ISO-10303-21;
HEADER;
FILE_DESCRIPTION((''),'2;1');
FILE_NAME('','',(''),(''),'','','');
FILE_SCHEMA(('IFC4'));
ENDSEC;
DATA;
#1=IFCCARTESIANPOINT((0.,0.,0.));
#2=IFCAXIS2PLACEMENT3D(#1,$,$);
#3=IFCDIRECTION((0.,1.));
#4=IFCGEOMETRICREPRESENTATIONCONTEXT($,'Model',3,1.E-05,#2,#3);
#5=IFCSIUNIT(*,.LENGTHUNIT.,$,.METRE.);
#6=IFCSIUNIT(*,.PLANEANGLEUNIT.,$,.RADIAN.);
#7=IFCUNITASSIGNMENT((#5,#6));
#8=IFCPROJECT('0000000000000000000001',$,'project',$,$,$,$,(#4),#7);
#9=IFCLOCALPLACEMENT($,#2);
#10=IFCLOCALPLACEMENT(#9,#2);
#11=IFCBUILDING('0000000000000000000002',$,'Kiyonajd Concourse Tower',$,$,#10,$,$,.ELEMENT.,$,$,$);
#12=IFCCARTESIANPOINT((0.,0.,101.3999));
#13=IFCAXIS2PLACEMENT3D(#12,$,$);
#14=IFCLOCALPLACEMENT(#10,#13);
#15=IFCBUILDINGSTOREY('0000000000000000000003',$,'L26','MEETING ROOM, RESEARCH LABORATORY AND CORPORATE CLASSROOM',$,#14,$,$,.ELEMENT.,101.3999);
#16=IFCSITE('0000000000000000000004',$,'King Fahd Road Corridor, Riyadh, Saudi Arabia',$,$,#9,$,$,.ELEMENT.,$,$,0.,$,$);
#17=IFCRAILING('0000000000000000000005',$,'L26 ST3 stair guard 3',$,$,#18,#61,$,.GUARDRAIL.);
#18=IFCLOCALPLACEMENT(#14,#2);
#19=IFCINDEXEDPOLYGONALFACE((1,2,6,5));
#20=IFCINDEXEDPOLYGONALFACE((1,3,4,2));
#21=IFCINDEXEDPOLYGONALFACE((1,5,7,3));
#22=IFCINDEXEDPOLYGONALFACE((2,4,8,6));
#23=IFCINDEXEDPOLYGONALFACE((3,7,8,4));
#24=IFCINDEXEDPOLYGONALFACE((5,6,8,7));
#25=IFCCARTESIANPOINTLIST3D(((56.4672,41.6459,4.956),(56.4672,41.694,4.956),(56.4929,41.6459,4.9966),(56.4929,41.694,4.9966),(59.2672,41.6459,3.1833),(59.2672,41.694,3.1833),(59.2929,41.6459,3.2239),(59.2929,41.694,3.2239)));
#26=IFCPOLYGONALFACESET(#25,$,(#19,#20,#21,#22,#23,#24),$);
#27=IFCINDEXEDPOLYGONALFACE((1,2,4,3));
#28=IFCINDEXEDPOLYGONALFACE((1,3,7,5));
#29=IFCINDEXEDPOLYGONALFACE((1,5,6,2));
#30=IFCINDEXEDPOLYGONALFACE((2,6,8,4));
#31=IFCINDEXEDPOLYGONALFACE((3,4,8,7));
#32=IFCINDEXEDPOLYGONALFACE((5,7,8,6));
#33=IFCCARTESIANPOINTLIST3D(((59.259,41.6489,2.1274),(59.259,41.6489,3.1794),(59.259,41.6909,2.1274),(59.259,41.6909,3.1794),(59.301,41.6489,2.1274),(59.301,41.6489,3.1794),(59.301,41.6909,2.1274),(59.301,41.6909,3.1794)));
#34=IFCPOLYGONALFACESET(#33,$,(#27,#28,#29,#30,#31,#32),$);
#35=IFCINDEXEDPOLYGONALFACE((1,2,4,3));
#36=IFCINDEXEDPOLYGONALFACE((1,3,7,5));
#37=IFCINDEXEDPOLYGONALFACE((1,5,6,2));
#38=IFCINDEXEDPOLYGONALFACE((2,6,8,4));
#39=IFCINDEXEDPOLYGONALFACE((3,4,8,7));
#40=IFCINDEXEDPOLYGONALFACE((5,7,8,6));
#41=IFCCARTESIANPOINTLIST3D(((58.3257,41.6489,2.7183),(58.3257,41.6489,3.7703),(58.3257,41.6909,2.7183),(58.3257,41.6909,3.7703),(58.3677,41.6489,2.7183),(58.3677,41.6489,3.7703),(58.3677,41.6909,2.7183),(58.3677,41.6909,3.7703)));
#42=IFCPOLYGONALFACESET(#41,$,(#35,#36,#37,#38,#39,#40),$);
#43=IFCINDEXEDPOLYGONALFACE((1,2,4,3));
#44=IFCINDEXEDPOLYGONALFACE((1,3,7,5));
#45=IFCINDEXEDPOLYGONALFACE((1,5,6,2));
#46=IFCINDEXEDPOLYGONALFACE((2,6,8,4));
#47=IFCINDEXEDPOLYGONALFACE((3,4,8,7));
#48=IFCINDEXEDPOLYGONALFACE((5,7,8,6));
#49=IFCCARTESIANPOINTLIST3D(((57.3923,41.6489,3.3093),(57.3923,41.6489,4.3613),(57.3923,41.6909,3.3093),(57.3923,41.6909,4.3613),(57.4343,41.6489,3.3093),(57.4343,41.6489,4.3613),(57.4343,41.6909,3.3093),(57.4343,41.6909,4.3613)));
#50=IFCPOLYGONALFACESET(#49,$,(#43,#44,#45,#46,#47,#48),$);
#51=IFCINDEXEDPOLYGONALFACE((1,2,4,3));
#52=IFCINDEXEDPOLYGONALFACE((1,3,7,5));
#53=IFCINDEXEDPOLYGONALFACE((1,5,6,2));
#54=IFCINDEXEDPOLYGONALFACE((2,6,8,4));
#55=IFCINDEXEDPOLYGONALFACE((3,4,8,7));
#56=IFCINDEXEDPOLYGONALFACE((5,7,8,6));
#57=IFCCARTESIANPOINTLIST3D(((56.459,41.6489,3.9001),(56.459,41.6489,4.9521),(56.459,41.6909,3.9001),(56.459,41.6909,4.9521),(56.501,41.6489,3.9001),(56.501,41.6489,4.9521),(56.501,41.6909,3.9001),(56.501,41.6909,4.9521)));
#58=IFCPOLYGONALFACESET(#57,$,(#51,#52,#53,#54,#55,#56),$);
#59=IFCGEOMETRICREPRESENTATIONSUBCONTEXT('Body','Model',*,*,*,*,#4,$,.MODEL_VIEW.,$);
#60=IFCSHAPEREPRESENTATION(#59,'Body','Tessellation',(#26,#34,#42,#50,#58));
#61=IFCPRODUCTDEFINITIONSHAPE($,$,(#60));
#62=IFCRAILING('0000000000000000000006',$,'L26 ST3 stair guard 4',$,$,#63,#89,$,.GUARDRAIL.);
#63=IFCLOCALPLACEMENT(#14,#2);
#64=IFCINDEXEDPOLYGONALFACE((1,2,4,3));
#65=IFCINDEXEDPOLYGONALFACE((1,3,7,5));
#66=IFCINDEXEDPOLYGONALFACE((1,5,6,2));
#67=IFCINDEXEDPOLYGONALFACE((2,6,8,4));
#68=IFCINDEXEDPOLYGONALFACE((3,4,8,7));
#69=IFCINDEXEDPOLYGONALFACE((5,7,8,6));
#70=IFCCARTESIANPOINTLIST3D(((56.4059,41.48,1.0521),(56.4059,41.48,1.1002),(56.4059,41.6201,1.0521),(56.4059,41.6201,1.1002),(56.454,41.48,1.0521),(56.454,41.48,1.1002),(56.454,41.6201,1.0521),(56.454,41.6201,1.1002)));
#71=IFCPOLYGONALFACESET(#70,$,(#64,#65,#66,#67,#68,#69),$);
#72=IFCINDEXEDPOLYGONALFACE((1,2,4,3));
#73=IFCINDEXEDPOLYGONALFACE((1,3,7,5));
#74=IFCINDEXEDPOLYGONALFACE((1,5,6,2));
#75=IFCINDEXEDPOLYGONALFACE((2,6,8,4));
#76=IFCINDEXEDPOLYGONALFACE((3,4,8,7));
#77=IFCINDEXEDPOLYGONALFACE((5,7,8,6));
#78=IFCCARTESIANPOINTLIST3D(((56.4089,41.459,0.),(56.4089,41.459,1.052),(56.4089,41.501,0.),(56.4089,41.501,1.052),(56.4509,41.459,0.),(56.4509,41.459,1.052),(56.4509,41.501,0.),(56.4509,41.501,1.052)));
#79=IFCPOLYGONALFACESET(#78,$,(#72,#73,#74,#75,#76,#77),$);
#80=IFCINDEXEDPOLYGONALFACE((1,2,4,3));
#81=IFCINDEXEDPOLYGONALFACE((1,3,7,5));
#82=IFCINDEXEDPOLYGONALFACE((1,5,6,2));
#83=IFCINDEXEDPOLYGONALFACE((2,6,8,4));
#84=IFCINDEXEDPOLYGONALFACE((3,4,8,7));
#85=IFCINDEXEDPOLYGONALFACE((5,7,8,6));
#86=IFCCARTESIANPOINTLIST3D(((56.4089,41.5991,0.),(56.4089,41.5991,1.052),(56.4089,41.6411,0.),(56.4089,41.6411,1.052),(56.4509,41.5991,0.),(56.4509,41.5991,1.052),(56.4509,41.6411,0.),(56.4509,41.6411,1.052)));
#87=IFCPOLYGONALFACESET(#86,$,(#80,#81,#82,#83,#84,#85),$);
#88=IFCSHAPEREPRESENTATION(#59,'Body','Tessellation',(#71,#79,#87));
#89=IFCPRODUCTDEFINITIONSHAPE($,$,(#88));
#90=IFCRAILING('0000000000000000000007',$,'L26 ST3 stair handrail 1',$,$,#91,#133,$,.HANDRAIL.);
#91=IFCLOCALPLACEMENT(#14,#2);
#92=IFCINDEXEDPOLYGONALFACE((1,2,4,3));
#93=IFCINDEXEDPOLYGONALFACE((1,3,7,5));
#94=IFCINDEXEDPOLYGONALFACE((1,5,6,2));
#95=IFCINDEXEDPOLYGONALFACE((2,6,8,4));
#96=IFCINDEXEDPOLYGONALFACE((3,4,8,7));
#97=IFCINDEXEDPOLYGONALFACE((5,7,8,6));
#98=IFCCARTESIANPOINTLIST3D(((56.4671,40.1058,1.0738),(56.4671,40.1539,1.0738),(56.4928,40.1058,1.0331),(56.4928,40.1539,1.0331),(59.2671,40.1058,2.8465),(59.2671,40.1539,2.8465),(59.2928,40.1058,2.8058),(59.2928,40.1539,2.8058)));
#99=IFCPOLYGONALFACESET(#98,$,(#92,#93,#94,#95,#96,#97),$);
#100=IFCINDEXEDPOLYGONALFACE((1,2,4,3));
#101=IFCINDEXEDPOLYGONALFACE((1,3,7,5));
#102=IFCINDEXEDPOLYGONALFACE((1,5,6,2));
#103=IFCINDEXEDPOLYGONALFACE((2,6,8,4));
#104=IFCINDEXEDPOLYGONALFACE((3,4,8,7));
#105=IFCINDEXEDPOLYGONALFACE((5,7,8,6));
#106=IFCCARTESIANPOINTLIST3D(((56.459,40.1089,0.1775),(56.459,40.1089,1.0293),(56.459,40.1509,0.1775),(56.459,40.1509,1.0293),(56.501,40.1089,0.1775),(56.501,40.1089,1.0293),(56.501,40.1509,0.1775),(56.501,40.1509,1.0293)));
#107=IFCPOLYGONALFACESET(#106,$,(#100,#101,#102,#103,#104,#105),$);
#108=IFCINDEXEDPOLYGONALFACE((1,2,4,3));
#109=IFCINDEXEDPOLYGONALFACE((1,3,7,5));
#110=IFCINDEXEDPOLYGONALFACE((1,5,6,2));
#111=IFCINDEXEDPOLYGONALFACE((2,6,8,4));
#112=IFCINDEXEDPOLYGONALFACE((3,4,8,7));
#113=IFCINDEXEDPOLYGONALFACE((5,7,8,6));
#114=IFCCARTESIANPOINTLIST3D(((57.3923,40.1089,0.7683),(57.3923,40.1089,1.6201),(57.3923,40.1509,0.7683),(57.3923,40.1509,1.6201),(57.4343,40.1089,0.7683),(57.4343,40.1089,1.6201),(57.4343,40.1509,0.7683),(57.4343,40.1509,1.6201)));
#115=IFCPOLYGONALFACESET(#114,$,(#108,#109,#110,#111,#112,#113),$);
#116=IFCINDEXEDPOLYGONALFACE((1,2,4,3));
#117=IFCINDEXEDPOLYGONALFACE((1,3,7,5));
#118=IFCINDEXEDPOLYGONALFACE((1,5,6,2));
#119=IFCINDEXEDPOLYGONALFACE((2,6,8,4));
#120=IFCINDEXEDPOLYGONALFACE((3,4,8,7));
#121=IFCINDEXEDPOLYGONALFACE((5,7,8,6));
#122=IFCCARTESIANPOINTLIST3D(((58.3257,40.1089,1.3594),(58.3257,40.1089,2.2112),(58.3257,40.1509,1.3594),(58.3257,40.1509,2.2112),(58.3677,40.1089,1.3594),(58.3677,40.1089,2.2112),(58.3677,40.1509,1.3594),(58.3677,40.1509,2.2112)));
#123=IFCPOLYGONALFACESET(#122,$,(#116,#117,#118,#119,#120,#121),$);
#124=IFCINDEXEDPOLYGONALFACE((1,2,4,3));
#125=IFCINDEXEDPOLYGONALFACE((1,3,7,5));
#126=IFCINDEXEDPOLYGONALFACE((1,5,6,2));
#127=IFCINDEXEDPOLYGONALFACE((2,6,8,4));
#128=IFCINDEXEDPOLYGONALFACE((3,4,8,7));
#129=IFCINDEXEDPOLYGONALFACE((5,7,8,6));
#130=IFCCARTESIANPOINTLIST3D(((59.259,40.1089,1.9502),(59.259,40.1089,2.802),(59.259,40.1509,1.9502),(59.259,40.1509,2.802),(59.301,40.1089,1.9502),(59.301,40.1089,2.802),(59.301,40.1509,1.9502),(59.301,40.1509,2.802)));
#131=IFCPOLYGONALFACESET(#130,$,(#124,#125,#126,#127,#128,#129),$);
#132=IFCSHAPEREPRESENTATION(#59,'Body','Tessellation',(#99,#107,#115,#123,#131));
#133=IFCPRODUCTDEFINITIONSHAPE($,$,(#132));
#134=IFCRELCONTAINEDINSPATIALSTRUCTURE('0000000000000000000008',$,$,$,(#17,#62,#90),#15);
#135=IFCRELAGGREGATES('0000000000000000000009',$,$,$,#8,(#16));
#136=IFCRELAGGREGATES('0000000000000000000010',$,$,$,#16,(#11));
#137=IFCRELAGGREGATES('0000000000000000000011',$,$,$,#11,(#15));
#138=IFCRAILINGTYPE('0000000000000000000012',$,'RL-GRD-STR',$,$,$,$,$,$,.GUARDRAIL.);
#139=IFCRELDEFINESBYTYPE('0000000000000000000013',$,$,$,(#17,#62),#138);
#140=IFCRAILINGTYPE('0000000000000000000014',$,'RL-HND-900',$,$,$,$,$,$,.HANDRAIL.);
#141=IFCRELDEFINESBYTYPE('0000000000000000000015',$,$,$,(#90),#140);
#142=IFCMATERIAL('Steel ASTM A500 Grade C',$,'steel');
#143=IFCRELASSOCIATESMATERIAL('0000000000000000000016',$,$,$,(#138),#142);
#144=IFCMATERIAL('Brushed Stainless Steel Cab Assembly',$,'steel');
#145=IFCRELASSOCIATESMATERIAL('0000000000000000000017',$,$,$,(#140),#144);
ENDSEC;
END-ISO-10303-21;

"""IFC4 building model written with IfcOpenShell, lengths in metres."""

from ifc_helpers import new_model, si_unit, direction, frame, origin, origin_2d, place, context, subcontext, project, spatial, rectangle, extrude, material, type_object, element, save


model = new_model("IFC4")

# Units and contexts
model_context = context("Model", 3, precision=1e-05, world=origin(), true_north=direction((0.0, 1.0)))
body_context = subcontext(model_context, "Body", "Model", "MODEL_VIEW")
ifc_project = project(units=[si_unit("LENGTHUNIT", "METRE"), si_unit("PLANEANGLEUNIT", "RADIAN")], contexts=[model_context])

# Site, building, storey
site_placement = place(None, origin())
site = spatial("IfcSite", under=ifc_project, at=site_placement, Name="King Fahd Road Corridor, Riyadh, Saudi Arabia", CompositionType="ELEMENT", RefElevation=0.0)
building_placement = place(site_placement, origin())
building = spatial("IfcBuilding", under=site, at=building_placement, Name="Kiyonajd Concourse Tower", CompositionType="ELEMENT")
storey_placement = place(building_placement, frame((0.0, 0.0, 101.3999)))
storey = spatial("IfcBuildingStorey", under=building, at=storey_placement, Name="L26", Description="MEETING ROOM, RESEARCH LABORATORY AND CORPORATE CLASSROOM", CompositionType="ELEMENT", Elevation=101.3999)

# Shared definitions
ifc_material_1 = material(Name="Brushed Stainless Steel Cab Assembly", Category="steel")

# Railings
ifc_material_2 = material(Name="Steel ASTM A500 Grade C", Category="steel")
railing_type_1 = type_object("IfcRailingType", Name="RL-GRD-STR", PredefinedType="GUARDRAIL", material=ifc_material_2)
railing_1_placement = place(storey_placement, frame((59.28, 41.6699, 2.1274)))
element("IfcRailing", 1, at=railing_1_placement, inside=storey, type_object=railing_type_1, Name="L26 ST3 stair guard 3", PredefinedType="GUARDRAIL", context=body_context, shape_type="SweptSolid", body=[
    extrude(rectangle(XDim=0.0481, YDim=0.0481, at=origin_2d()), frame((0.0, 0.0, 1.0762), z_axis=(-0.844909, 0.0, 0.53491), x_axis=(0.0, -1.0, 0.0)), (0.0, 0.0, 1.0), 3.314),
    extrude(rectangle(XDim=0.042, YDim=0.042, at=origin_2d()), origin(), (0.0, 0.0, 1.0), 1.052),
    extrude(rectangle(XDim=0.042, YDim=0.042, at=origin_2d()), frame((-0.9333, 0.0, 0.5908)), (0.0, 0.0, 1.0), 1.052),
    extrude(rectangle(XDim=0.042, YDim=0.042, at=origin_2d()), frame((-1.8667, 0.0, 1.1819)), (0.0, 0.0, 1.0), 1.052),
    extrude(rectangle(XDim=0.042, YDim=0.042, at=origin_2d()), frame((-2.8, 0.0, 1.7727)), (0.0, 0.0, 1.0), 1.052),
])
railing_2_placement = place(storey_placement, frame((56.4299, 41.48, 0.0)))
element("IfcRailing", 2, at=railing_2_placement, inside=storey, type_object=railing_type_1, Name="L26 ST3 stair guard 4", PredefinedType="GUARDRAIL", context=body_context, shape_type="SweptSolid", body=[
    extrude(rectangle(XDim=0.0481, YDim=0.0481, at=origin_2d()), frame((0.0, 0.0, 1.0762), z_axis=(0.0, 1.0, 0.0), x_axis=(-1.0, 0.0, 0.0)), (0.0, 0.0, 1.0), 0.1401),
    extrude(rectangle(XDim=0.042, YDim=0.042, at=origin_2d()), origin(), (0.0, 0.0, 1.0), 1.052),
    extrude(rectangle(XDim=0.042, YDim=0.042, at=origin_2d()), frame((0.0, 0.1401, 0.0)), (0.0, 0.0, 1.0), 1.052),
])
railing_type_2 = type_object("IfcRailingType", Name="RL-HND-900", PredefinedType="HANDRAIL", material=ifc_material_1)
railing_3_placement = place(storey_placement, frame((56.48, 40.1299, 0.1775)))
element("IfcRailing", 3, at=railing_3_placement, inside=storey, type_object=railing_type_2, Name="L26 ST3 stair handrail 1", PredefinedType="HANDRAIL", context=body_context, shape_type="SweptSolid", body=[
    extrude(rectangle(XDim=0.0481, YDim=0.0481, at=origin_2d()), frame((0.0, 0.0, 0.876), z_axis=(0.844909, 0.0, 0.53491), x_axis=(0.0, 1.0, 0.0)), (0.0, 0.0, 1.0), 3.314),
    extrude(rectangle(XDim=0.042, YDim=0.042, at=origin_2d()), origin(), (0.0, 0.0, 1.0), 0.8518),
    extrude(rectangle(XDim=0.042, YDim=0.042, at=origin_2d()), frame((0.9333, 0.0, 0.5908)), (0.0, 0.0, 1.0), 0.8518),
    extrude(rectangle(XDim=0.042, YDim=0.042, at=origin_2d()), frame((1.8667, 0.0, 1.1819)), (0.0, 0.0, 1.0), 0.8518),
    extrude(rectangle(XDim=0.042, YDim=0.042, at=origin_2d()), frame((2.8, 0.0, 1.7727)), (0.0, 0.0, 1.0), 0.8518),
])

save(model, "model.ifc")
